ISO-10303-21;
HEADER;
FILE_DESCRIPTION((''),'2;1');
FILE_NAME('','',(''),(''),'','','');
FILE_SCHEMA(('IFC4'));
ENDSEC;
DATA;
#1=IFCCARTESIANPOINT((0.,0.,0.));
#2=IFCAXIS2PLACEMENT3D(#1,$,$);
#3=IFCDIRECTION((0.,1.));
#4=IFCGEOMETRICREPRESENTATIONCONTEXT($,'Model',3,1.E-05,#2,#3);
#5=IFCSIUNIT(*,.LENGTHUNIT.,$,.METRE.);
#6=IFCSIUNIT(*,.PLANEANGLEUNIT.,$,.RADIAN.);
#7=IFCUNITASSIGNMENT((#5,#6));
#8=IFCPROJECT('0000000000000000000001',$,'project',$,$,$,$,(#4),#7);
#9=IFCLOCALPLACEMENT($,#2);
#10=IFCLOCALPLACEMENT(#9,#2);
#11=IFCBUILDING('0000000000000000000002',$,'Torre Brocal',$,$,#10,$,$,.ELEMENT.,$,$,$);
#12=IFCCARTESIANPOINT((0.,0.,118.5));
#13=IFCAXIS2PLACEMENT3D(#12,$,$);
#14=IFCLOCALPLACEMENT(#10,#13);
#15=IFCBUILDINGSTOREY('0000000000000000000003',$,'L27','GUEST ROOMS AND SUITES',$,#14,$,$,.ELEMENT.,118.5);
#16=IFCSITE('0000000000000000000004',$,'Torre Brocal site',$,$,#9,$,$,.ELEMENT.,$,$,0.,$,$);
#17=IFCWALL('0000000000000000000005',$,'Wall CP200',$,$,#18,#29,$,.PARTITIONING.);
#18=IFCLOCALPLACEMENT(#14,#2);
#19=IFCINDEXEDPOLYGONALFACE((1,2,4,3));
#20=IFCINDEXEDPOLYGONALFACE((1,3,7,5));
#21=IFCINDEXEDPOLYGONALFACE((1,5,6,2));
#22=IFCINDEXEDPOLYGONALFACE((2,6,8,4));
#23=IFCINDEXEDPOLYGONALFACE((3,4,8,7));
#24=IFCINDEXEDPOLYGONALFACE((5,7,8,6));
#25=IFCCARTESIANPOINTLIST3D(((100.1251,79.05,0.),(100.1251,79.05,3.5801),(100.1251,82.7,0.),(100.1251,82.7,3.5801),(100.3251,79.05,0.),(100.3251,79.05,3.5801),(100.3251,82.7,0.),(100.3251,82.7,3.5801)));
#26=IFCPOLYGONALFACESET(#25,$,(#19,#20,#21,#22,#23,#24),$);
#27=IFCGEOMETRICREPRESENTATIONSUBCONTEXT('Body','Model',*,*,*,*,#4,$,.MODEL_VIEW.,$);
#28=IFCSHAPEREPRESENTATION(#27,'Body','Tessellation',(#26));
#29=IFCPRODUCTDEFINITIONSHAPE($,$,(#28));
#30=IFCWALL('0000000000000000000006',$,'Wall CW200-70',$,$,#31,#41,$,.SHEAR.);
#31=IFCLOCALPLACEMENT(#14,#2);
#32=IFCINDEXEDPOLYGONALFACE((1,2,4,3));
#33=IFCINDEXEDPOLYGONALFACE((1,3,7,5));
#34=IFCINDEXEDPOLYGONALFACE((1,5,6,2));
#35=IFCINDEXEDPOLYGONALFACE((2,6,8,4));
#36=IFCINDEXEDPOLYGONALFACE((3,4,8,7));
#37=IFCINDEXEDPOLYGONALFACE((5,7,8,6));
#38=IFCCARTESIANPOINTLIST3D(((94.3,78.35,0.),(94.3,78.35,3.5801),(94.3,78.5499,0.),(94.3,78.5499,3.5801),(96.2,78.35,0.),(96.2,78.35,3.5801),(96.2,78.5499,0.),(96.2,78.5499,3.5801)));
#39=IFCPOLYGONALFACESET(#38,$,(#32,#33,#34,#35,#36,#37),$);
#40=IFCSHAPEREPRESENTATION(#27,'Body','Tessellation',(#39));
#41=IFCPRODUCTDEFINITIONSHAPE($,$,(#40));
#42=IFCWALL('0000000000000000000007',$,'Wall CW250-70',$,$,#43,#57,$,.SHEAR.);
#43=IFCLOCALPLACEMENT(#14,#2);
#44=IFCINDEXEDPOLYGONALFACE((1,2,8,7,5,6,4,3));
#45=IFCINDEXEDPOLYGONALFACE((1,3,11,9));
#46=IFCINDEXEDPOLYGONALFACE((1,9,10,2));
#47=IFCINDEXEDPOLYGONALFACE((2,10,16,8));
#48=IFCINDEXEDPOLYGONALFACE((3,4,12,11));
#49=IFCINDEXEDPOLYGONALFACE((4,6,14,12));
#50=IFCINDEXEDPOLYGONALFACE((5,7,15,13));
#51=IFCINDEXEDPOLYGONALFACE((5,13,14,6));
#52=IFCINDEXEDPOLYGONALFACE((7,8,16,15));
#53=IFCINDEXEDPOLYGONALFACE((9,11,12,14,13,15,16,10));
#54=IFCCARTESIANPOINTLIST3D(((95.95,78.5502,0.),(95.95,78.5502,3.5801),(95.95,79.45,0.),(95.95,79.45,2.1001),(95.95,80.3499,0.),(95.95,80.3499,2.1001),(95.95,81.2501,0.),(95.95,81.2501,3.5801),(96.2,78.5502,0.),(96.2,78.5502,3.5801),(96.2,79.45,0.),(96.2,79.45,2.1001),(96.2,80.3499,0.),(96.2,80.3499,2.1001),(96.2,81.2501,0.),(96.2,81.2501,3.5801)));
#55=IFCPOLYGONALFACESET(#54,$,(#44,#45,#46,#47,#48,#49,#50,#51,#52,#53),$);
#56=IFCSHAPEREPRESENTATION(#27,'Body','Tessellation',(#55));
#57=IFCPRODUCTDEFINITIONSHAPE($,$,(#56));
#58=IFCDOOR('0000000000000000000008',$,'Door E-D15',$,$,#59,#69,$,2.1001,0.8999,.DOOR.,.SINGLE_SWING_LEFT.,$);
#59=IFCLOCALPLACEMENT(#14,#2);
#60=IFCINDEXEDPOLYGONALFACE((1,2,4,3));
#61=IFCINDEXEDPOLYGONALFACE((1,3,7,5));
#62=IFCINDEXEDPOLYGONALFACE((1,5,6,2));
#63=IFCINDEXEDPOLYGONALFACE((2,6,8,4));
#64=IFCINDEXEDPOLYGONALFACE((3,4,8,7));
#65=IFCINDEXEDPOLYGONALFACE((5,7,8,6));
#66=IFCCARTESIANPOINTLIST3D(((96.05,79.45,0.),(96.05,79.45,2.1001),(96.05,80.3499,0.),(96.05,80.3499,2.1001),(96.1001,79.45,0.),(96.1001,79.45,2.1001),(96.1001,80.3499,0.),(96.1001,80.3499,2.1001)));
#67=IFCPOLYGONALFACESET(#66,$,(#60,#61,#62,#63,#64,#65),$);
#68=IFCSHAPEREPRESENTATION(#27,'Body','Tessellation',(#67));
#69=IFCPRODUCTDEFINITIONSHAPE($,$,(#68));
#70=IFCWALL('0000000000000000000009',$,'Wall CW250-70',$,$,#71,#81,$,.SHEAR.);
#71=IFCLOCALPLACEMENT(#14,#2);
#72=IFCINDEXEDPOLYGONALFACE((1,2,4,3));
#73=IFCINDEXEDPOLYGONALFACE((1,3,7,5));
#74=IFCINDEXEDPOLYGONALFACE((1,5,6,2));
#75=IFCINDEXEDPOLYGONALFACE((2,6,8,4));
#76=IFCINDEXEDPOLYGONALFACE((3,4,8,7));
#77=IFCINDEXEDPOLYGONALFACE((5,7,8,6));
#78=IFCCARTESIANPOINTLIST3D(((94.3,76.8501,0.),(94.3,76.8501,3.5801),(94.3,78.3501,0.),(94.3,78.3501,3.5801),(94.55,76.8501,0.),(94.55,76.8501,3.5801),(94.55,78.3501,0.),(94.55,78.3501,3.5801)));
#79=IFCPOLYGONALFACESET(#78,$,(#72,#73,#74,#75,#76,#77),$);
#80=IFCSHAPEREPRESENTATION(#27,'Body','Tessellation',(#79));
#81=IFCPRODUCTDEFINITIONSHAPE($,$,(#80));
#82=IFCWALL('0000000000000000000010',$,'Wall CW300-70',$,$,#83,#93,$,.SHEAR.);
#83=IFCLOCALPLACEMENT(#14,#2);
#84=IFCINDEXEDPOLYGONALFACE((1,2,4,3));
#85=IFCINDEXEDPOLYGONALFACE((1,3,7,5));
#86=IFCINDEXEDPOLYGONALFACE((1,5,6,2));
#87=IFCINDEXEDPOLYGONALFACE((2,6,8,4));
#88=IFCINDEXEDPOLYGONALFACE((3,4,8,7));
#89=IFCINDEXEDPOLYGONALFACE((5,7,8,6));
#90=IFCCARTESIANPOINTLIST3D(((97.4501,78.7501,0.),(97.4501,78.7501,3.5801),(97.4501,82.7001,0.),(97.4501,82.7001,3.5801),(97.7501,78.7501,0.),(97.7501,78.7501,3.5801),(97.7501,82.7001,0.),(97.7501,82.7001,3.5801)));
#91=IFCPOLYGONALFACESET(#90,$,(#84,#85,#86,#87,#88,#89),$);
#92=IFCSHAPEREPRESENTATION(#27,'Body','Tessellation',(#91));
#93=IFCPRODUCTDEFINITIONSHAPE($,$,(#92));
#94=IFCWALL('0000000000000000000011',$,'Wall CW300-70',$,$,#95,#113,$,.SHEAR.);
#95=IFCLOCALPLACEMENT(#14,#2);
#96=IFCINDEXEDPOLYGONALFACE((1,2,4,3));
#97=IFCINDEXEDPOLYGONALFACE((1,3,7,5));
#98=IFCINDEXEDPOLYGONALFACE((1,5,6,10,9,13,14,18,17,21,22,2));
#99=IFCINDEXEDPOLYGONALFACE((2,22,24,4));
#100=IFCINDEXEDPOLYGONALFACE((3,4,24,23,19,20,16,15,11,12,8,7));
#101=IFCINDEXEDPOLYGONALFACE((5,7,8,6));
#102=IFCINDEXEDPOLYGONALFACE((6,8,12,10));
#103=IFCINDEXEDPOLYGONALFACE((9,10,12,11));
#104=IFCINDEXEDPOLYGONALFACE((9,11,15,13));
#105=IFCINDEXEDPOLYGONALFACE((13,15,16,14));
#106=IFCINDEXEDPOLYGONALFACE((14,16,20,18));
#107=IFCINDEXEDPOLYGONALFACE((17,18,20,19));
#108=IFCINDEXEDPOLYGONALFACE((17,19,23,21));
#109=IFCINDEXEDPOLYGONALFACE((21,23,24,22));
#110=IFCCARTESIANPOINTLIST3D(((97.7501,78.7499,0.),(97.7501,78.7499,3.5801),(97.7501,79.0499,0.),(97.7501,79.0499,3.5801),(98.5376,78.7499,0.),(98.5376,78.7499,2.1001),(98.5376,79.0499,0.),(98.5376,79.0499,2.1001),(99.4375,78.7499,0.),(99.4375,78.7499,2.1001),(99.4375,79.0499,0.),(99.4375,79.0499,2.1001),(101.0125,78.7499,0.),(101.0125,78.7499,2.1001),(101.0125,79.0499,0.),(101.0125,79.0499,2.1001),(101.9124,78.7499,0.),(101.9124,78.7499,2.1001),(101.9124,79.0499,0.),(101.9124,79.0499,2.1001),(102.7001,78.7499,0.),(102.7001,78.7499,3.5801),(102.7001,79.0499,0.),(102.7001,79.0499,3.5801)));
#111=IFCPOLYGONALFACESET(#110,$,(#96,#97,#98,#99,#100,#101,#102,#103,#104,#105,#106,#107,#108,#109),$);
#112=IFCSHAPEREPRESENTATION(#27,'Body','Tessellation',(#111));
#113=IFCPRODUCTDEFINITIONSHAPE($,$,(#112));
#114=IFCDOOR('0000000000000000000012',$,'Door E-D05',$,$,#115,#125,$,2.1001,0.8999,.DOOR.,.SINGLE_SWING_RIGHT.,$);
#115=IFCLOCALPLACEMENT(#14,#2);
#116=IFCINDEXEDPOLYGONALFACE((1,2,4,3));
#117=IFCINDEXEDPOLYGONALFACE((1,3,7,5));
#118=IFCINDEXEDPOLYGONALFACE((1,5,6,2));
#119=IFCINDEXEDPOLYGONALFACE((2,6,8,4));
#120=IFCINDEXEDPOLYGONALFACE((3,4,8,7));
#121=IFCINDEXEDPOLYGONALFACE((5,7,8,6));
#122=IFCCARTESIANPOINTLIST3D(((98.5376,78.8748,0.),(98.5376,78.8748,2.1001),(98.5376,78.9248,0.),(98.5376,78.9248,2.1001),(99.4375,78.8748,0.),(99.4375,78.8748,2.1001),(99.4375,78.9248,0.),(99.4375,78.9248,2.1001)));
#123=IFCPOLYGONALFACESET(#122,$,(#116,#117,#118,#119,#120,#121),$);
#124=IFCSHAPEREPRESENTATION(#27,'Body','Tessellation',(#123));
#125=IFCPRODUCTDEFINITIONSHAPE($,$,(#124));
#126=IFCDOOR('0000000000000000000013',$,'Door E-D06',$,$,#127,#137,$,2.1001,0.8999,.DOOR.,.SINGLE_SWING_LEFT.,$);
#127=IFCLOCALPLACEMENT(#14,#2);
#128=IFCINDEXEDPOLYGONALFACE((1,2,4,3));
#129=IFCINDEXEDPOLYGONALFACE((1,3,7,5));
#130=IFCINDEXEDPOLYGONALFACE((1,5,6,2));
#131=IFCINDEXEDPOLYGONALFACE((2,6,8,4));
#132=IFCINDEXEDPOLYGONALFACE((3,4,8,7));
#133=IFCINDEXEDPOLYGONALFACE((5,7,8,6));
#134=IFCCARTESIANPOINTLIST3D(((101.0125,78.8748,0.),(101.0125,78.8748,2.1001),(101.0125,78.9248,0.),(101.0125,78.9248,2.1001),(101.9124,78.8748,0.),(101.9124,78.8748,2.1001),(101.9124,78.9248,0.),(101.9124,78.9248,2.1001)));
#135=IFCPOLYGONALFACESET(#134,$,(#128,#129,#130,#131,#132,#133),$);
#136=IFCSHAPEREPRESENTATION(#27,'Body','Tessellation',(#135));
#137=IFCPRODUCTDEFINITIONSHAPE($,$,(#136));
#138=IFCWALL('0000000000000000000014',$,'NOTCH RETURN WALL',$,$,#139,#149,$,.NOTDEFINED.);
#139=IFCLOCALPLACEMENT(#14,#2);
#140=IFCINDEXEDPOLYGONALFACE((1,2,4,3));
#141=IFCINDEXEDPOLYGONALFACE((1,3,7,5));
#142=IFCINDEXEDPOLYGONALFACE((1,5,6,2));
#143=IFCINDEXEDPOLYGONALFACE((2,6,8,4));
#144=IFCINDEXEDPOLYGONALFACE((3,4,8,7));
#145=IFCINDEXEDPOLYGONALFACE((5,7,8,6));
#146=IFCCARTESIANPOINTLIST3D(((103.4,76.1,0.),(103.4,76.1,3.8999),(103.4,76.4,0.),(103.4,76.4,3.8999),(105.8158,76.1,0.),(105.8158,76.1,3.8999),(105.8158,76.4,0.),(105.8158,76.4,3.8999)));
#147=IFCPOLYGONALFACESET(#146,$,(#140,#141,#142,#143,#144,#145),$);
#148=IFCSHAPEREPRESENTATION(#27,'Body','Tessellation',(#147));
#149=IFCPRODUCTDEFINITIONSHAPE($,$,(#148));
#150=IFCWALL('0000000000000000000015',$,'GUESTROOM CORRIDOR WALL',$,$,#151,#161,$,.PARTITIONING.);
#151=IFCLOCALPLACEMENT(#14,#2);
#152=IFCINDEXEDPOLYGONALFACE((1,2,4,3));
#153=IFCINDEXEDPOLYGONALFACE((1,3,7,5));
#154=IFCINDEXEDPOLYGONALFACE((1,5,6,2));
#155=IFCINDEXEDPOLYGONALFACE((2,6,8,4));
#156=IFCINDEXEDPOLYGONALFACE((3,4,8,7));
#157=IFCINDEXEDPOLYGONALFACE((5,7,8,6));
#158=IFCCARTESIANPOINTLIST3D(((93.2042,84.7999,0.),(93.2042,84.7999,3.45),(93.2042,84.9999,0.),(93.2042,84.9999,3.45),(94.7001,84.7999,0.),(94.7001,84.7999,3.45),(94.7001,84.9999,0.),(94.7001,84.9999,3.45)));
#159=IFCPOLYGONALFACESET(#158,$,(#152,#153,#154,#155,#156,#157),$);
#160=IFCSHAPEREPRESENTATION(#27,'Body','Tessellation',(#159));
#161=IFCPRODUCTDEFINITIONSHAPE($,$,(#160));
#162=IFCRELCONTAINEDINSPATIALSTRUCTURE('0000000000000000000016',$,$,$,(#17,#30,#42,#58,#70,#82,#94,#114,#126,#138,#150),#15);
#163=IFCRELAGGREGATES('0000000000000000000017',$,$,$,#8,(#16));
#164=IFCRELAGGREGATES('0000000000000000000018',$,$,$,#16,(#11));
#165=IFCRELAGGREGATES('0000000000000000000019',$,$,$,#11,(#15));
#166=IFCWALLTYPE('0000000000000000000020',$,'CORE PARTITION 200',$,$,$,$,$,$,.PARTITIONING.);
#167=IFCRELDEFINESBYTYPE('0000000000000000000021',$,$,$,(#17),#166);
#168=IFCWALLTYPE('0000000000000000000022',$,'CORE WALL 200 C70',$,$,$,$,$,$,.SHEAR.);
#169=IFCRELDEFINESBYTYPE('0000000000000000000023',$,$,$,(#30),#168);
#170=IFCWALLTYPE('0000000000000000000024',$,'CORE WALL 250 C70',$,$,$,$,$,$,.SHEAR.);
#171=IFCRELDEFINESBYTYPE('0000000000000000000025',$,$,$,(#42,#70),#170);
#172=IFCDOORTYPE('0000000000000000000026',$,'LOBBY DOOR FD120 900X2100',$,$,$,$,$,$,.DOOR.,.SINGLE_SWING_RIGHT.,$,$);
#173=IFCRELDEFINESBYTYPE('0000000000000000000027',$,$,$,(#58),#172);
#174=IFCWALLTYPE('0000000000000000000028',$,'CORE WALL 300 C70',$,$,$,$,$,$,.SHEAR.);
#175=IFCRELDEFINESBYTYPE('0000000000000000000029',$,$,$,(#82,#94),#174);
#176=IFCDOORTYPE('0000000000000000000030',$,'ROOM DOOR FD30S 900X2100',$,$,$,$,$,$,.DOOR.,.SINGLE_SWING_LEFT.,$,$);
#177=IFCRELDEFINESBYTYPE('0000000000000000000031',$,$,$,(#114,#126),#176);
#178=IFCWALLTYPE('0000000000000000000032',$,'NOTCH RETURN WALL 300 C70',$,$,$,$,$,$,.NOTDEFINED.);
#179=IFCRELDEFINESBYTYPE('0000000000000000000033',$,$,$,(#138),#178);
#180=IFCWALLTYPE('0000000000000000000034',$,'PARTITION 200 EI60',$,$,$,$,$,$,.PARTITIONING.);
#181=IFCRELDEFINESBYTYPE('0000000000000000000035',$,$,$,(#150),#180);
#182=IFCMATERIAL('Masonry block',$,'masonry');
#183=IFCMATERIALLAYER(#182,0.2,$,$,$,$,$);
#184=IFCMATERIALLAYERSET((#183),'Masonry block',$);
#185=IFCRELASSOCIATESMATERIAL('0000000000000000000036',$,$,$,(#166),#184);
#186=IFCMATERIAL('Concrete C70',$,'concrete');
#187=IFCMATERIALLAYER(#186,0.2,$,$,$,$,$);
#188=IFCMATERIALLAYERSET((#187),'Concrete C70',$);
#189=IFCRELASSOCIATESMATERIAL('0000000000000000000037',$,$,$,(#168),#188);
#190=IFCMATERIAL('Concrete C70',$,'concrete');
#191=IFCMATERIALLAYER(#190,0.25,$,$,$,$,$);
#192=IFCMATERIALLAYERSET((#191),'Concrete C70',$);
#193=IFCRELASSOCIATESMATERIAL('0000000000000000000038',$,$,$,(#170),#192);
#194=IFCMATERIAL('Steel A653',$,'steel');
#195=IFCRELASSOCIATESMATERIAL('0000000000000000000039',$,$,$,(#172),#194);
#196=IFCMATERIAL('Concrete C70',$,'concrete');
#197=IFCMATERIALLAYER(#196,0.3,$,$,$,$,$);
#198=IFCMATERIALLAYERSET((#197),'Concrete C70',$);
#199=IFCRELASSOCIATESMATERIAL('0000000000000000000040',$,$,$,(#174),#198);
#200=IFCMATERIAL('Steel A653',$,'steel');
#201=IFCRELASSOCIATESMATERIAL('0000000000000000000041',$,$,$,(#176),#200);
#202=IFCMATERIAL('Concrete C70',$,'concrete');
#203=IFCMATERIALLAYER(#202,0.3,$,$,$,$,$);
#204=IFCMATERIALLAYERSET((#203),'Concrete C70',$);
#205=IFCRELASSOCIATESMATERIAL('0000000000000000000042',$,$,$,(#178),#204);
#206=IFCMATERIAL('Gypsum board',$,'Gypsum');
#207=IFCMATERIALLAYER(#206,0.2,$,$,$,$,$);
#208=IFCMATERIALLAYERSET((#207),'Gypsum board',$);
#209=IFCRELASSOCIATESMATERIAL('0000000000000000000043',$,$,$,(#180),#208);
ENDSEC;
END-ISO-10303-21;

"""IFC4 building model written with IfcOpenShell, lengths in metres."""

from ifc_helpers import new_model, si_unit, direction, frame, frame_2d, origin, place, context, subcontext, project, spatial, rectangle, extrude, material, layer, layer_set, type_object, element, fill, save


model = new_model("IFC4")

# Units and contexts
model_context = context("Model", 3, precision=1e-05, world=origin(), true_north=direction((0.0, 1.0)))
body_context = subcontext(model_context, "Body", "Model", "MODEL_VIEW")
ifc_project = project(units=[si_unit("LENGTHUNIT", "METRE"), si_unit("PLANEANGLEUNIT", "RADIAN")], contexts=[model_context])

# Site, building, storey
site_placement = place(None, origin())
site = spatial("IfcSite", under=ifc_project, at=site_placement, Name="Torre Brocal site", CompositionType="ELEMENT", RefElevation=0.0)
building_placement = place(site_placement, origin())
building = spatial("IfcBuilding", under=site, at=building_placement, Name="Torre Brocal", CompositionType="ELEMENT")
storey_placement = place(building_placement, frame((0.0, 0.0, 118.5)))
storey = spatial("IfcBuildingStorey", under=building, at=storey_placement, Name="L27", Description="GUEST ROOMS AND SUITES", CompositionType="ELEMENT", Elevation=118.5)

# Walls
ifc_material_1 = material(Name="Masonry block", Category="masonry")
ifc_layer_1 = layer(ifc_material_1, 0.2)
ifc_layer_set_1 = layer_set([ifc_layer_1], Name="Masonry block")
wall_type_1 = type_object("IfcWallType", Name="CORE PARTITION 200", PredefinedType="PARTITIONING", material=ifc_layer_set_1)
wall_1_placement = place(storey_placement, frame((100.2251, 79.05, 0.0), z_axis=(0.0, 0.0, 1.0), x_axis=(0.0, 1.0, 0.0)))
element("IfcWall", 1, at=wall_1_placement, inside=storey, type_object=wall_type_1, Name="Wall CP200", PredefinedType="PARTITIONING", context=body_context, shape_type="SweptSolid", body=[
    extrude(rectangle(XDim=3.6499, YDim=0.2, at=frame_2d((1.825, 0.0))), origin(), (0.0, 0.0, 1.0), 3.5801),
])
ifc_material_2 = material(Name="Concrete C70", Category="concrete")
ifc_layer_2 = layer(ifc_material_2, 0.2)
ifc_layer_set_2 = layer_set([ifc_layer_2], Name="Concrete C70")
wall_type_2 = type_object("IfcWallType", Name="CORE WALL 200 C70", PredefinedType="SHEAR", material=ifc_layer_set_2)
wall_2_placement = place(storey_placement, frame((94.3, 78.45, 0.0), z_axis=(0.0, 0.0, 1.0), x_axis=(1.0, 0.0, 0.0)))
element("IfcWall", 2, at=wall_2_placement, inside=storey, type_object=wall_type_2, Name="Wall CW200-70", PredefinedType="SHEAR", context=body_context, shape_type="SweptSolid", body=[
    extrude(rectangle(XDim=1.8999, YDim=0.2, at=frame_2d((0.95, 0.0))), origin(), (0.0, 0.0, 1.0), 3.5801),
])

# Wall, opening, door
ifc_material_3 = material(Name="Concrete C70", Category="concrete")
ifc_layer_3 = layer(ifc_material_3, 0.25)
ifc_layer_set_3 = layer_set([ifc_layer_3], Name="Concrete C70")
wall_type_3 = type_object("IfcWallType", Name="CORE WALL 250 C70", PredefinedType="SHEAR", material=ifc_layer_set_3)
wall_3_placement = place(storey_placement, frame((96.075, 78.55, 0.0), z_axis=(0.0, 0.0, 1.0), x_axis=(0.0, 1.0, 0.0)))
wall_3 = element("IfcWall", 3, at=wall_3_placement, inside=storey, type_object=wall_type_3, Name="Wall CW250-70", PredefinedType="SHEAR", context=body_context, shape_type="SweptSolid", body=[
    extrude(rectangle(XDim=2.7, YDim=0.25, at=frame_2d((1.3501, 0.0))), origin(), (0.0, 0.0, 1.0), 3.5801),
])
opening_1_placement = place(wall_3_placement, frame((0.8999, 0.0, 0.0)))
opening_1 = element("IfcOpeningElement", 4, at=opening_1_placement, cuts=wall_3, PredefinedType="OPENING", context=body_context, shape_type="SweptSolid", body=[
    extrude(rectangle(XDim=0.8999, YDim=2.1001, at=frame_2d((0.45, 1.05))), frame((0.0, 0.135, 0.0), z_axis=(0.0, -1.0, 0.0), x_axis=(1.0, 0.0, 0.0)), (0.0, 0.0, 1.0), 0.27),
])
ifc_material_4 = material(Name="Steel A653", Category="steel")
door_type_1 = type_object("IfcDoorType", Name="LOBBY DOOR FD120 900X2100", OperationType="SINGLE_SWING_RIGHT", PredefinedType="DOOR", material=ifc_material_4)
door_1_placement = place(opening_1_placement, origin())
door_1 = element("IfcDoor", 5, at=door_1_placement, inside=storey, type_object=door_type_1, Name="Door E-D15", OperationType="SINGLE_SWING_LEFT", OverallHeight=2.1001, OverallWidth=0.8999, PredefinedType="DOOR", context=body_context, shape_type="SweptSolid", body=[
    extrude(rectangle(XDim=0.8999, YDim=2.1001, at=frame_2d((0.45, 1.05))), frame((0.0, 0.0249, 0.0), z_axis=(0.0, -1.0, 0.0), x_axis=(1.0, 0.0, 0.0)), (0.0, 0.0, 1.0), 0.05),
])
fill(opening_1, door_1)

# Walls
wall_4_placement = place(storey_placement, frame((94.425, 76.8501, 0.0), z_axis=(0.0, 0.0, 1.0), x_axis=(0.0, 1.0, 0.0)))
element("IfcWall", 6, at=wall_4_placement, inside=storey, type_object=wall_type_3, Name="Wall CW250-70", PredefinedType="SHEAR", context=body_context, shape_type="SweptSolid", body=[
    extrude(rectangle(XDim=1.5, YDim=0.25, at=frame_2d((0.75, 0.0))), origin(), (0.0, 0.0, 1.0), 3.5801),
])
ifc_material_5 = material(Name="Concrete C70", Category="concrete")
ifc_layer_4 = layer(ifc_material_5, 0.3)
ifc_layer_set_4 = layer_set([ifc_layer_4], Name="Concrete C70")
wall_type_4 = type_object("IfcWallType", Name="CORE WALL 300 C70", PredefinedType="SHEAR", material=ifc_layer_set_4)
wall_5_placement = place(storey_placement, frame((97.6001, 78.75, 0.0), z_axis=(0.0, 0.0, 1.0), x_axis=(0.0, 1.0, 0.0)))
element("IfcWall", 7, at=wall_5_placement, inside=storey, type_object=wall_type_4, Name="Wall CW300-70", PredefinedType="SHEAR", context=body_context, shape_type="SweptSolid", body=[
    extrude(rectangle(XDim=3.95, YDim=0.3, at=frame_2d((1.9751, 0.0))), origin(), (0.0, 0.0, 1.0), 3.5801),
])

# Wall, openings, doors
wall_6_placement = place(storey_placement, frame((97.75, 78.8999, 0.0), z_axis=(0.0, 0.0, 1.0), x_axis=(1.0, 0.0, 0.0)))
wall_6 = element("IfcWall", 8, at=wall_6_placement, inside=storey, type_object=wall_type_4, Name="Wall CW300-70", PredefinedType="SHEAR", context=body_context, shape_type="SweptSolid", body=[
    extrude(rectangle(XDim=4.95, YDim=0.3, at=frame_2d((2.4751, 0.0))), origin(), (0.0, 0.0, 1.0), 3.5801),
])
opening_2_placement = place(wall_6_placement, frame((0.7876, 0.0, 0.0)))
opening_2 = element("IfcOpeningElement", 9, at=opening_2_placement, cuts=wall_6, PredefinedType="OPENING", context=body_context, shape_type="SweptSolid", body=[
    extrude(rectangle(XDim=0.8999, YDim=2.1001, at=frame_2d((0.45, 1.05))), frame((0.0, 0.1599, 0.0), z_axis=(0.0, -1.0, 0.0), x_axis=(1.0, 0.0, 0.0)), (0.0, 0.0, 1.0), 0.3201),
])
opening_3_placement = place(wall_6_placement, frame((3.2625, 0.0, 0.0)))
opening_3 = element("IfcOpeningElement", 10, at=opening_3_placement, cuts=wall_6, PredefinedType="OPENING", context=body_context, shape_type="SweptSolid", body=[
    extrude(rectangle(XDim=0.8999, YDim=2.1001, at=frame_2d((0.45, 1.05))), frame((0.0, 0.1599, 0.0), z_axis=(0.0, -1.0, 0.0), x_axis=(1.0, 0.0, 0.0)), (0.0, 0.0, 1.0), 0.3201),
])
ifc_material_6 = material(Name="Steel A653", Category="steel")
door_type_2 = type_object("IfcDoorType", Name="ROOM DOOR FD30S 900X2100", OperationType="SINGLE_SWING_LEFT", PredefinedType="DOOR", material=ifc_material_6)
door_2_placement = place(opening_2_placement, origin())
door_2 = element("IfcDoor", 11, at=door_2_placement, inside=storey, type_object=door_type_2, Name="Door E-D05", OperationType="SINGLE_SWING_RIGHT", OverallHeight=2.1001, OverallWidth=0.8999, PredefinedType="DOOR", context=body_context, shape_type="SweptSolid", body=[
    extrude(rectangle(XDim=0.8999, YDim=2.1001, at=frame_2d((0.45, 1.05))), frame((0.0, 0.0249, 0.0), z_axis=(0.0, -1.0, 0.0), x_axis=(1.0, 0.0, 0.0)), (0.0, 0.0, 1.0), 0.05),
])
fill(opening_2, door_2)
door_3_placement = place(opening_3_placement, origin())
door_3 = element("IfcDoor", 12, at=door_3_placement, inside=storey, type_object=door_type_2, Name="Door E-D06", OperationType="SINGLE_SWING_LEFT", OverallHeight=2.1001, OverallWidth=0.8999, PredefinedType="DOOR", context=body_context, shape_type="SweptSolid", body=[
    extrude(rectangle(XDim=0.8999, YDim=2.1001, at=frame_2d((0.45, 1.05))), frame((0.0, 0.0249, 0.0), z_axis=(0.0, -1.0, 0.0), x_axis=(1.0, 0.0, 0.0)), (0.0, 0.0, 1.0), 0.05),
])
fill(opening_3, door_3)

# Walls
ifc_material_7 = material(Name="Concrete C70", Category="concrete")
ifc_layer_5 = layer(ifc_material_7, 0.3)
ifc_layer_set_5 = layer_set([ifc_layer_5], Name="Concrete C70")
wall_type_5 = type_object("IfcWallType", Name="NOTCH RETURN WALL 300 C70", PredefinedType="NOTDEFINED", material=ifc_layer_set_5)
wall_7_placement = place(storey_placement, frame((103.3999, 76.25, 0.0), z_axis=(0.0, 0.0, 1.0), x_axis=(1.0, 0.0, 0.0)))
element("IfcWall", 13, at=wall_7_placement, inside=storey, type_object=wall_type_5, Name="NOTCH RETURN WALL", PredefinedType="NOTDEFINED", context=body_context, shape_type="SweptSolid", body=[
    extrude(rectangle(XDim=2.4158, YDim=0.3, at=frame_2d((1.208, 0.0))), origin(), (0.0, 0.0, 1.0), 3.8999),
])
ifc_material_8 = material(Name="Gypsum board", Category="Gypsum")
ifc_layer_6 = layer(ifc_material_8, 0.2)
ifc_layer_set_6 = layer_set([ifc_layer_6], Name="Gypsum board")
wall_type_6 = type_object("IfcWallType", Name="PARTITION 200 EI60", PredefinedType="PARTITIONING", material=ifc_layer_set_6)
wall_8_placement = place(storey_placement, frame((93.2041, 84.8999, 0.0), z_axis=(0.0, 0.0, 1.0), x_axis=(1.0, 0.0, 0.0)))
element("IfcWall", 14, at=wall_8_placement, inside=storey, type_object=wall_type_6, Name="GUESTROOM CORRIDOR WALL", PredefinedType="PARTITIONING", context=body_context, shape_type="SweptSolid", body=[
    extrude(rectangle(XDim=1.4958, YDim=0.2, at=frame_2d((0.748, 0.0))), origin(), (0.0, 0.0, 1.0), 3.45),
])

save(model, "model.ifc")
